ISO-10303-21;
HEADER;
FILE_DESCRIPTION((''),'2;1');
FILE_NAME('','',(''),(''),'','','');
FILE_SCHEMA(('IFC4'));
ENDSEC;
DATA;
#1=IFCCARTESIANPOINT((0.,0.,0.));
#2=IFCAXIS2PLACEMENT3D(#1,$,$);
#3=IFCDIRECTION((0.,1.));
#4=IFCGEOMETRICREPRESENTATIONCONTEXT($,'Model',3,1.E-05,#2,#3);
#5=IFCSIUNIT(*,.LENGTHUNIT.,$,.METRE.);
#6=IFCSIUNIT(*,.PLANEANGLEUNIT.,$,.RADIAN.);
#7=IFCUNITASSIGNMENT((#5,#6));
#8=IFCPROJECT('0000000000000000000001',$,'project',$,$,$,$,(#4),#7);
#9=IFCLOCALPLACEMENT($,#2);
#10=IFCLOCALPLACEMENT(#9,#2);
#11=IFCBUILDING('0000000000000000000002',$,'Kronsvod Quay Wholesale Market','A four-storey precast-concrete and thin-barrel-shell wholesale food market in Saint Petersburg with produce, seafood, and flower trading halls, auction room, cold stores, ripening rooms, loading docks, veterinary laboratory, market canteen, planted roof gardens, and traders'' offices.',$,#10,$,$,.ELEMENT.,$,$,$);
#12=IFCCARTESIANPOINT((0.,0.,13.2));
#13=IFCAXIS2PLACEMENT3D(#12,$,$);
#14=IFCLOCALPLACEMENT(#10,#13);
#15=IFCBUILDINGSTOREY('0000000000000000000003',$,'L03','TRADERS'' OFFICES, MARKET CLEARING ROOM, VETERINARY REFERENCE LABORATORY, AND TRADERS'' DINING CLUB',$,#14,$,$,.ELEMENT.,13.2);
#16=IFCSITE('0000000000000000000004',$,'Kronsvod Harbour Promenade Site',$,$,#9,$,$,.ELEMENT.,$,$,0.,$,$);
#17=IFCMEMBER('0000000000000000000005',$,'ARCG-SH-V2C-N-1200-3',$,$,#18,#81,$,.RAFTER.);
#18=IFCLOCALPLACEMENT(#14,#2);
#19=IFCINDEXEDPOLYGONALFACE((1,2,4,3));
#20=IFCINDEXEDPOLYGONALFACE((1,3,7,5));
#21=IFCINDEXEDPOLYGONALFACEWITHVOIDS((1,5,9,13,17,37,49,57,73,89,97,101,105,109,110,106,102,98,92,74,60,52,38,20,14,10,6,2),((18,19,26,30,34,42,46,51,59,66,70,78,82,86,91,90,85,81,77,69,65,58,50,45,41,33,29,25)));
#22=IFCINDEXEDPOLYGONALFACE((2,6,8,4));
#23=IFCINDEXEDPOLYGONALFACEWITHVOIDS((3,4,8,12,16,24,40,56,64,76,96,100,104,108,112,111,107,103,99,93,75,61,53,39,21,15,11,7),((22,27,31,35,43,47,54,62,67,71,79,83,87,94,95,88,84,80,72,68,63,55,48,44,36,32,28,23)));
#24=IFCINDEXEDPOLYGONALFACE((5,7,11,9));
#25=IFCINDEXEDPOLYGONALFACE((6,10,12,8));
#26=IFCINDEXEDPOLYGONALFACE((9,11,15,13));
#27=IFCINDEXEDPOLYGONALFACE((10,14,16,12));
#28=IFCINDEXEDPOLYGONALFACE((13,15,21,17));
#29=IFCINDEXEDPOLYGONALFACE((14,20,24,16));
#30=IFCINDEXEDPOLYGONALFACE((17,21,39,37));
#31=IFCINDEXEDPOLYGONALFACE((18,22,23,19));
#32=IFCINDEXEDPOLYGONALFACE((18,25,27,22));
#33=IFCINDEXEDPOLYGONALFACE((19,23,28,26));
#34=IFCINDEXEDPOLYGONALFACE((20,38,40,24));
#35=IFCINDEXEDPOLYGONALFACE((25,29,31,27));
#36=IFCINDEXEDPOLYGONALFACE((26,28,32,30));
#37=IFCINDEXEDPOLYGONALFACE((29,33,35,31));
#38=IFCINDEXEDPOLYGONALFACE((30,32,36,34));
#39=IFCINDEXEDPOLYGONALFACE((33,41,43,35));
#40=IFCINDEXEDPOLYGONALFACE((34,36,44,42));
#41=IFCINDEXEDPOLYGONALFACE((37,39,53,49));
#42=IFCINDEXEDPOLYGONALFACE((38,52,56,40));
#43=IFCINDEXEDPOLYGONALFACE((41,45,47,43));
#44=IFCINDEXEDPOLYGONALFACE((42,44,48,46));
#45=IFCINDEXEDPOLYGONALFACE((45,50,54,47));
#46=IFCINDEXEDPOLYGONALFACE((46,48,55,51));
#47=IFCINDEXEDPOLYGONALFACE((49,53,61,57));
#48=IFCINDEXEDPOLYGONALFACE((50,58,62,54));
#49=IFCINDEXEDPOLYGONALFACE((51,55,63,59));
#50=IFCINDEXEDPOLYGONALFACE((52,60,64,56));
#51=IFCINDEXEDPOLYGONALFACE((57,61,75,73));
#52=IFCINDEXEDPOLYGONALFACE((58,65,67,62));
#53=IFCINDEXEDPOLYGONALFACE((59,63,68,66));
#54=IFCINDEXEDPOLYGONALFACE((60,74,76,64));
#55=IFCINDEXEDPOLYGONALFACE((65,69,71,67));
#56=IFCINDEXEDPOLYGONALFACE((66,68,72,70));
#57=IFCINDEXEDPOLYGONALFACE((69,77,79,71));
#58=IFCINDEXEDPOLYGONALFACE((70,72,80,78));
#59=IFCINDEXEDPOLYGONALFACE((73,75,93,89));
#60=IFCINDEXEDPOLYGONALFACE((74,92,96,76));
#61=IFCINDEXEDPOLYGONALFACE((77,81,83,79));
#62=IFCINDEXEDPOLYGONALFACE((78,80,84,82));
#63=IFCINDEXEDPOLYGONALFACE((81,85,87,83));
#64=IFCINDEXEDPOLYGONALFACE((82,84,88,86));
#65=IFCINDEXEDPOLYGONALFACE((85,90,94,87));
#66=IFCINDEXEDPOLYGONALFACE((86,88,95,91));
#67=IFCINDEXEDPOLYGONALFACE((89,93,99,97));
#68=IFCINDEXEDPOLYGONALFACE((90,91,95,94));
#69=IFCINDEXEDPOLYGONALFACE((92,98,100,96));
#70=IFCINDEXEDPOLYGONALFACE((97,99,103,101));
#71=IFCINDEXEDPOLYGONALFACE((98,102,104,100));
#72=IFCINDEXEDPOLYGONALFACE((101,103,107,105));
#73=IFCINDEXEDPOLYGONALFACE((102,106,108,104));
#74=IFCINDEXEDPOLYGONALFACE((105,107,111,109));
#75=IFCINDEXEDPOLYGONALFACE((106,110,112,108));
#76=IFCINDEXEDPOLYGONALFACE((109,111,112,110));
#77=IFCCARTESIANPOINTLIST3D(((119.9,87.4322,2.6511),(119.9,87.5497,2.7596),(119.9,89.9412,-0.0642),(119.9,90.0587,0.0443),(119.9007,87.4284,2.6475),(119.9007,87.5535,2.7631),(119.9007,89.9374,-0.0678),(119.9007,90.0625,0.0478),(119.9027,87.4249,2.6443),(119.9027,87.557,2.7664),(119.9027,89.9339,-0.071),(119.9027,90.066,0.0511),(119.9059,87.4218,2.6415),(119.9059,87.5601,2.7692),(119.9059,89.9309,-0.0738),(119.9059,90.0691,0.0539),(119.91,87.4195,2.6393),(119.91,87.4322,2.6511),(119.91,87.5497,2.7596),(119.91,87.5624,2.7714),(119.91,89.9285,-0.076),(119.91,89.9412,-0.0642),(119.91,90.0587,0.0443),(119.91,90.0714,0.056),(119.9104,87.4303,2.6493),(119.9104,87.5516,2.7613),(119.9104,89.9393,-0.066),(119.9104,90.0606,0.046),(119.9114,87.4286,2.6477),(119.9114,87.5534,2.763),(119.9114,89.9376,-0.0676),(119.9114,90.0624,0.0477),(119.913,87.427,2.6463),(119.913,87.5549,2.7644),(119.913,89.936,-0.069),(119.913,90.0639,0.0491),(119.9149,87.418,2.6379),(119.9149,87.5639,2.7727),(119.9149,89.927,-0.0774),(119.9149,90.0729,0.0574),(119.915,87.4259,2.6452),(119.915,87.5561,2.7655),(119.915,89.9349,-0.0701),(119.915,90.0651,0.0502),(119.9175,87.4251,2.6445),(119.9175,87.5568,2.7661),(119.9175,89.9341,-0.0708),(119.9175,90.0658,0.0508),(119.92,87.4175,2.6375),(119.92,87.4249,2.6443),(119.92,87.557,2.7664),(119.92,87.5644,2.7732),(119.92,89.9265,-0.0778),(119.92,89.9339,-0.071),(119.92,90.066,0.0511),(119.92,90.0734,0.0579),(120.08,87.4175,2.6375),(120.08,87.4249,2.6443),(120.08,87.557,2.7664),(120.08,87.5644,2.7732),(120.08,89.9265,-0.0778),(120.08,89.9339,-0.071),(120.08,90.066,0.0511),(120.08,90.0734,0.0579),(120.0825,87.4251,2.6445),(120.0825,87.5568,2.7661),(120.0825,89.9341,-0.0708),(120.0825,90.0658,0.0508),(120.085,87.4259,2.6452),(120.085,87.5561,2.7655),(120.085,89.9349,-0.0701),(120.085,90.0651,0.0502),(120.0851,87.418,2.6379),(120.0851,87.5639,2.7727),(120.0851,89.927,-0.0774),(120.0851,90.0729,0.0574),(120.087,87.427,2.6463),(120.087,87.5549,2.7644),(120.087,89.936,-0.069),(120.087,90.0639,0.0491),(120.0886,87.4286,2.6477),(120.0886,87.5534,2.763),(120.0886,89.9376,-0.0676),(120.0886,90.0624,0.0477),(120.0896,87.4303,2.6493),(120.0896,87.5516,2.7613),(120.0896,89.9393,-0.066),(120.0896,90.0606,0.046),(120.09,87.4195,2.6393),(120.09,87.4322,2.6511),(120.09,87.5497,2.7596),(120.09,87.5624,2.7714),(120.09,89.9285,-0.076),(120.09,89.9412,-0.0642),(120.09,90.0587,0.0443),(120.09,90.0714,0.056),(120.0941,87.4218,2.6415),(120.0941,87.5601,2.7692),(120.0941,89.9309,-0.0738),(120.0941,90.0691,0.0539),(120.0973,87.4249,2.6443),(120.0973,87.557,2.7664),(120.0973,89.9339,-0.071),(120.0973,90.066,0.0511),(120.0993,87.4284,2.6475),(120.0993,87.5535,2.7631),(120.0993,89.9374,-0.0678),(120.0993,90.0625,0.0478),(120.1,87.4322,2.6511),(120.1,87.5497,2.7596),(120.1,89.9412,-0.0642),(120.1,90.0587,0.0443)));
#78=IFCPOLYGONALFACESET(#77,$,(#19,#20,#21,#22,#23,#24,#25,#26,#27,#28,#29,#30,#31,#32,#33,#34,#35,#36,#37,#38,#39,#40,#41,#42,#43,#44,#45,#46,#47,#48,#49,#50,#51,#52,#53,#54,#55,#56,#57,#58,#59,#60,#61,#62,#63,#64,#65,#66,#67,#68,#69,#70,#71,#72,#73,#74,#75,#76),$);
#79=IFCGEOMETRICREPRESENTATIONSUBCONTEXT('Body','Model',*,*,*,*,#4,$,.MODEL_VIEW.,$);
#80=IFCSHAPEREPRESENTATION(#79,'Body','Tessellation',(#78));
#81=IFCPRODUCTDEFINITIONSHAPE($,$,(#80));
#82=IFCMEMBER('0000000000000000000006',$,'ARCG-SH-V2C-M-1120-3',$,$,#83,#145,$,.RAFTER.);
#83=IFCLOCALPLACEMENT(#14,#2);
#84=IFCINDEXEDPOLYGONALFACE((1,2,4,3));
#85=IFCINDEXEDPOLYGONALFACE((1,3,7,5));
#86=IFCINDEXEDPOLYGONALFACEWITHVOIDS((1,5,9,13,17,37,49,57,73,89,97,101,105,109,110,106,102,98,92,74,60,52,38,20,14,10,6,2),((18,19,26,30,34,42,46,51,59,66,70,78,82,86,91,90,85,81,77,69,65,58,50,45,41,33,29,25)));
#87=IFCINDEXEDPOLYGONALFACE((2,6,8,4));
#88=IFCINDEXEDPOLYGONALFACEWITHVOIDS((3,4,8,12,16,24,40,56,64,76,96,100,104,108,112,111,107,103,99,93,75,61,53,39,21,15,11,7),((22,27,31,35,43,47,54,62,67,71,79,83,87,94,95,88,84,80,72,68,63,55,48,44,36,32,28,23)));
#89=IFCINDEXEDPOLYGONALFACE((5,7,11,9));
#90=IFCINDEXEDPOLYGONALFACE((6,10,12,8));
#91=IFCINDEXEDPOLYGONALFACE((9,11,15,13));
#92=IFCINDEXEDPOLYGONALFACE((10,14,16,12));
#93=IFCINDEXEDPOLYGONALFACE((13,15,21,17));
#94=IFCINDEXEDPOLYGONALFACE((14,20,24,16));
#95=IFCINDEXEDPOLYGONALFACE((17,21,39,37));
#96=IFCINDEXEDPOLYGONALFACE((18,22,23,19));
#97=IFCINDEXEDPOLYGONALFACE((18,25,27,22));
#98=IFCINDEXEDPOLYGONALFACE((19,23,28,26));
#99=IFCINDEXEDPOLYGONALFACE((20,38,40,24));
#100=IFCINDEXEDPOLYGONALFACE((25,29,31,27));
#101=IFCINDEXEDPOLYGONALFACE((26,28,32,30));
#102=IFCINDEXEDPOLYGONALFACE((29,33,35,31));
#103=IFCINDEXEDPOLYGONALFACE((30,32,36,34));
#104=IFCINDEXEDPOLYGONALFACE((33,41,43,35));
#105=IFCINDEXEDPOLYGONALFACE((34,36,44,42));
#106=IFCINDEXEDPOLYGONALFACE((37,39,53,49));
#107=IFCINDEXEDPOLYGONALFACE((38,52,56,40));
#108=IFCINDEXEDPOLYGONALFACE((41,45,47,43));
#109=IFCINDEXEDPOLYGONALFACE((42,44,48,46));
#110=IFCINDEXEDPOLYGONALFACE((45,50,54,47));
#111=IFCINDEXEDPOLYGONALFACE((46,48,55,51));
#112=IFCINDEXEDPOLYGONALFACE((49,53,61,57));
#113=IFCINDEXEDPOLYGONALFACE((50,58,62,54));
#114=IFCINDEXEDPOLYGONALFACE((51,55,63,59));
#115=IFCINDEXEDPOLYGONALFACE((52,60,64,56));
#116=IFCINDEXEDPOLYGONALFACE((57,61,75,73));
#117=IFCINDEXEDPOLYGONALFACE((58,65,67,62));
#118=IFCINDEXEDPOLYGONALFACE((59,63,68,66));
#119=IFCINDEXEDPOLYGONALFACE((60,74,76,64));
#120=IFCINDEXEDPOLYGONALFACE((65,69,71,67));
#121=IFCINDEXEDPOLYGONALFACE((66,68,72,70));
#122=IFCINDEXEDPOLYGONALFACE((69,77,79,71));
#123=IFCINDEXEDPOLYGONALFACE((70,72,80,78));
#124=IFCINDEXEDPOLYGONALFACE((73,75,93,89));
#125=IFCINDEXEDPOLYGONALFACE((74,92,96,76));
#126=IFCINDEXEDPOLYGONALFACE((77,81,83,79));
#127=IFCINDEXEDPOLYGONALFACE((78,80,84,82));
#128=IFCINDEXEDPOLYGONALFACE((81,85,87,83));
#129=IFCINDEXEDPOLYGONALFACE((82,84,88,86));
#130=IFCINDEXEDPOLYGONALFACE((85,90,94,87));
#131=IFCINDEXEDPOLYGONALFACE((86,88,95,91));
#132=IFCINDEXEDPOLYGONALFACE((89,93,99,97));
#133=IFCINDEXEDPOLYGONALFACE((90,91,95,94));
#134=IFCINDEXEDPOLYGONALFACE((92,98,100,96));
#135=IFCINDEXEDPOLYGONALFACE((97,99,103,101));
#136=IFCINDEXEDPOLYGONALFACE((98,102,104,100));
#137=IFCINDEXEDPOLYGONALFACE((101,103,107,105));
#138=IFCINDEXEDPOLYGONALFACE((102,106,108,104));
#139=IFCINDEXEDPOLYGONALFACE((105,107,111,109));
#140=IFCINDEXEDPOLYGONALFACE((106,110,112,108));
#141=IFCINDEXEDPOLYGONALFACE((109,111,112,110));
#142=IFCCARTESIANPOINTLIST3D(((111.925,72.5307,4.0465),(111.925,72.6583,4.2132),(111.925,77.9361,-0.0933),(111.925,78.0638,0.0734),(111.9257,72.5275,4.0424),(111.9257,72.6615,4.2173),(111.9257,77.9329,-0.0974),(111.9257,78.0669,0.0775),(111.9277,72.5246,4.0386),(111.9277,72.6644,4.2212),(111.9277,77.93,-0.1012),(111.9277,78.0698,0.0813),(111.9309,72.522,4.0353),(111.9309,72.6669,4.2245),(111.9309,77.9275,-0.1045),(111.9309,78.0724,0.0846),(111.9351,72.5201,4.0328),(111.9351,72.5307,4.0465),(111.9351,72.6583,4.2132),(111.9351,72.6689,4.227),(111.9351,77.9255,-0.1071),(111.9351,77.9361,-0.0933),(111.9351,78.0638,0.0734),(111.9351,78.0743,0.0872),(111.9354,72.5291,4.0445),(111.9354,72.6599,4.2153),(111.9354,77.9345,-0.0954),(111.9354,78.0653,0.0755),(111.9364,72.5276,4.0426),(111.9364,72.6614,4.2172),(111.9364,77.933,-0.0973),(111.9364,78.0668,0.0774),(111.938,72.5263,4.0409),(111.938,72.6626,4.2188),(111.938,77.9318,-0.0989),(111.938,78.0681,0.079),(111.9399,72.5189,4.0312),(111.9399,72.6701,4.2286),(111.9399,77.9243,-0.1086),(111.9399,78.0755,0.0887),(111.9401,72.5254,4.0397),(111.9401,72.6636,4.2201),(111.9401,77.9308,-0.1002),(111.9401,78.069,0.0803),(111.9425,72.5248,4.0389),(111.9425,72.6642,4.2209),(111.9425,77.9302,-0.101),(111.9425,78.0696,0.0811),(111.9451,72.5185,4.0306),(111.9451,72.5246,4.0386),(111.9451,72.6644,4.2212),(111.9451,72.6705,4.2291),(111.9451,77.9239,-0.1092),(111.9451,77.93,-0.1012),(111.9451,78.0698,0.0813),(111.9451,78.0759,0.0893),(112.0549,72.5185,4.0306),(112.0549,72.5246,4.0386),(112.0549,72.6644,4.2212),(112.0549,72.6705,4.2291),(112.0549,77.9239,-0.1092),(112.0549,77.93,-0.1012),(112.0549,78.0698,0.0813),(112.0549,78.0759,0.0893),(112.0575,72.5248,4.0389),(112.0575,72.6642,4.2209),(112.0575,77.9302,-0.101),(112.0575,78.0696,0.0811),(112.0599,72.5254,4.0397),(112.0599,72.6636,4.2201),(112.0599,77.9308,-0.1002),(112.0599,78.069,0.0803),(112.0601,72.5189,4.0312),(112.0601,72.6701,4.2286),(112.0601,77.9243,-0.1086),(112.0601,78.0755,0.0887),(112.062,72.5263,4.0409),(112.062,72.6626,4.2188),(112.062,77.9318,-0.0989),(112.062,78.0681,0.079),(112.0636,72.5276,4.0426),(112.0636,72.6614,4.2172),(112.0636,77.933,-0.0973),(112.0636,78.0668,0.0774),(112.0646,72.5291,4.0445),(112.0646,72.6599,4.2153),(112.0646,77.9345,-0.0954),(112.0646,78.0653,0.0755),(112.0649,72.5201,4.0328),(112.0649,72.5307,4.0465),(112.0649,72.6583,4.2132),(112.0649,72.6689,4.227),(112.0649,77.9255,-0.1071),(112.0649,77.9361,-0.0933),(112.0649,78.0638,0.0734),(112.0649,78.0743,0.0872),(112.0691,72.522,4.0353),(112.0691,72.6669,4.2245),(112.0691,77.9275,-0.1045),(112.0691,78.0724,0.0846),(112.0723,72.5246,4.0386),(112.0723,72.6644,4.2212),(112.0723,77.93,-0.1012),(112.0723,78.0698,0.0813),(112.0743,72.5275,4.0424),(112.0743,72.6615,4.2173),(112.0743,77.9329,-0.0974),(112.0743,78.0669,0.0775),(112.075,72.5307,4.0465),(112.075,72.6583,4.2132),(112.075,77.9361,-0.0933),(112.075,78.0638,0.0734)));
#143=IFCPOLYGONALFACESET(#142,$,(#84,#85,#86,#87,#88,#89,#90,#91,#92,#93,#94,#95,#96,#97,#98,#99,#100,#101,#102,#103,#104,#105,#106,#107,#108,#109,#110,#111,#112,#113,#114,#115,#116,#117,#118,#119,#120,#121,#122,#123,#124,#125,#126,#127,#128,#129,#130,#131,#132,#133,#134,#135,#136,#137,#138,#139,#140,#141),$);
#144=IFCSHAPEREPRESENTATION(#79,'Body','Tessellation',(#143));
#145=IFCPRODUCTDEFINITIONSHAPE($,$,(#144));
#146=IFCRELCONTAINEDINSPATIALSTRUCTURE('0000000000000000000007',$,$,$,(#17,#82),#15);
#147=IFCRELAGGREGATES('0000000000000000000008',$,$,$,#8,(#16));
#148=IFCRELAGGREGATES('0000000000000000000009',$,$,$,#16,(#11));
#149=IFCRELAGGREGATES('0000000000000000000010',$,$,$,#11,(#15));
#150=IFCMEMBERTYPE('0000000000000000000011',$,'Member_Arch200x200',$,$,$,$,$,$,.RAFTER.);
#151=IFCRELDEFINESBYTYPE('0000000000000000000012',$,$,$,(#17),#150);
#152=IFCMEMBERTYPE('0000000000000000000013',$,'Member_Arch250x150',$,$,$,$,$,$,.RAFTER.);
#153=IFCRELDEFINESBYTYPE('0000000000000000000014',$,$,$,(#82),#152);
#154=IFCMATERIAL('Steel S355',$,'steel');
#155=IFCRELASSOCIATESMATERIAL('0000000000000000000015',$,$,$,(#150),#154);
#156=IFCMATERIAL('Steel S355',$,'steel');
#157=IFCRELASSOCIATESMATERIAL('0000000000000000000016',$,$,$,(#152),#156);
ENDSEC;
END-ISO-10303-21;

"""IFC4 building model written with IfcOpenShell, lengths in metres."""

from ifc_helpers import new_model, si_unit, direction, frame, origin, origin_2d, place, context, subcontext, project, spatial, hollow_rectangle, extrude, material, material_profile, profile_set, type_object, element, save


model = new_model("IFC4")

# Units and contexts
model_context = context("Model", 3, precision=1e-05, world=origin(), true_north=direction((0.0, 1.0)))
body_context = subcontext(model_context, "Body", "Model", "MODEL_VIEW")
ifc_project = project(units=[si_unit("LENGTHUNIT", "METRE"), si_unit("PLANEANGLEUNIT", "RADIAN")], contexts=[model_context])

# Site, building, storey
site_placement = place(None, origin())
site = spatial("IfcSite", under=ifc_project, at=site_placement, Name="Kronsvod Harbour Promenade Site", CompositionType="ELEMENT", RefElevation=0.0)
building_placement = place(site_placement, origin())
building = spatial("IfcBuilding", under=site, at=building_placement, Name="Kronsvod Quay Wholesale Market", Description="A four-storey precast-concrete and thin-barrel-shell wholesale food market in Saint Petersburg with produce, seafood, and flower trading halls, auction room, cold stores, ripening rooms, loading docks, veterinary laboratory, market canteen, planted roof gardens, and traders' offices.", CompositionType="ELEMENT")
storey_placement = place(building_placement, frame((0.0, 0.0, 13.2)))
storey = spatial("IfcBuildingStorey", under=building, at=storey_placement, Name="L03", Description="TRADERS' OFFICES, MARKET CLEARING ROOM, VETERINARY REFERENCE LABORATORY, AND TRADERS' DINING CLUB", CompositionType="ELEMENT", Elevation=13.2)

# Members
ifc_material_1 = material(Name="Steel S355", Category="steel")
ifc_material_profile_1 = material_profile(ifc_material_1, hollow_rectangle(XDim=0.2, YDim=0.2, WallThickness=0.01, InnerFilletRadius=0.01, OuterFilletRadius=0.02, at=origin_2d()), Name="RHS200x200x10")
ifc_profile_set_1 = profile_set([ifc_material_profile_1], Name="Steel S355")
member_type_1 = type_object("IfcMemberType", Name="Member_Arch200x200", PredefinedType="RAFTER", material=ifc_profile_set_1)
member_1_placement = place(storey_placement, frame((120.0, 87.491, 2.7053), z_axis=(0.0, 0.678656, -0.734456), x_axis=(-1.0, 0.0, 0.0)))
element("IfcMember", 1, at=member_1_placement, inside=storey, type_object=member_type_1, Name="ARCG-SH-V2C-N-1200-3", PredefinedType="RAFTER", context=body_context, shape_type="SweptSolid", body=[
    extrude(hollow_rectangle(XDim=0.2, YDim=0.2, WallThickness=0.01, InnerFilletRadius=0.01, OuterFilletRadius=0.02, at=origin_2d()), origin(), (0.0, 0.0, 1.0), 3.697),
])
ifc_material_2 = material(Name="Steel S355", Category="steel")
ifc_material_profile_2 = material_profile(ifc_material_2, hollow_rectangle(XDim=0.1499, YDim=0.25, WallThickness=0.01, InnerFilletRadius=0.01, OuterFilletRadius=0.02, at=origin_2d()), Name="RHS250x150x10")
ifc_profile_set_2 = profile_set([ifc_material_profile_2], Name="Steel S355")
member_type_2 = type_object("IfcMemberType", Name="Member_Arch250x150", PredefinedType="RAFTER", material=ifc_profile_set_2)
member_2_placement = place(storey_placement, frame((112.0, 72.5945, 4.1299), z_axis=(0.0, 0.793914, -0.60803), x_axis=(-1.0, 0.0, 0.0)))
element("IfcMember", 2, at=member_2_placement, inside=storey, type_object=member_type_2, Name="ARCG-SH-V2C-M-1120-3", PredefinedType="RAFTER", context=body_context, shape_type="SweptSolid", body=[
    extrude(hollow_rectangle(XDim=0.1499, YDim=0.25, WallThickness=0.01, InnerFilletRadius=0.01, OuterFilletRadius=0.02, at=origin_2d()), origin(), (0.0, 0.0, 1.0), 6.8086),
])

save(model, "model.ifc")
